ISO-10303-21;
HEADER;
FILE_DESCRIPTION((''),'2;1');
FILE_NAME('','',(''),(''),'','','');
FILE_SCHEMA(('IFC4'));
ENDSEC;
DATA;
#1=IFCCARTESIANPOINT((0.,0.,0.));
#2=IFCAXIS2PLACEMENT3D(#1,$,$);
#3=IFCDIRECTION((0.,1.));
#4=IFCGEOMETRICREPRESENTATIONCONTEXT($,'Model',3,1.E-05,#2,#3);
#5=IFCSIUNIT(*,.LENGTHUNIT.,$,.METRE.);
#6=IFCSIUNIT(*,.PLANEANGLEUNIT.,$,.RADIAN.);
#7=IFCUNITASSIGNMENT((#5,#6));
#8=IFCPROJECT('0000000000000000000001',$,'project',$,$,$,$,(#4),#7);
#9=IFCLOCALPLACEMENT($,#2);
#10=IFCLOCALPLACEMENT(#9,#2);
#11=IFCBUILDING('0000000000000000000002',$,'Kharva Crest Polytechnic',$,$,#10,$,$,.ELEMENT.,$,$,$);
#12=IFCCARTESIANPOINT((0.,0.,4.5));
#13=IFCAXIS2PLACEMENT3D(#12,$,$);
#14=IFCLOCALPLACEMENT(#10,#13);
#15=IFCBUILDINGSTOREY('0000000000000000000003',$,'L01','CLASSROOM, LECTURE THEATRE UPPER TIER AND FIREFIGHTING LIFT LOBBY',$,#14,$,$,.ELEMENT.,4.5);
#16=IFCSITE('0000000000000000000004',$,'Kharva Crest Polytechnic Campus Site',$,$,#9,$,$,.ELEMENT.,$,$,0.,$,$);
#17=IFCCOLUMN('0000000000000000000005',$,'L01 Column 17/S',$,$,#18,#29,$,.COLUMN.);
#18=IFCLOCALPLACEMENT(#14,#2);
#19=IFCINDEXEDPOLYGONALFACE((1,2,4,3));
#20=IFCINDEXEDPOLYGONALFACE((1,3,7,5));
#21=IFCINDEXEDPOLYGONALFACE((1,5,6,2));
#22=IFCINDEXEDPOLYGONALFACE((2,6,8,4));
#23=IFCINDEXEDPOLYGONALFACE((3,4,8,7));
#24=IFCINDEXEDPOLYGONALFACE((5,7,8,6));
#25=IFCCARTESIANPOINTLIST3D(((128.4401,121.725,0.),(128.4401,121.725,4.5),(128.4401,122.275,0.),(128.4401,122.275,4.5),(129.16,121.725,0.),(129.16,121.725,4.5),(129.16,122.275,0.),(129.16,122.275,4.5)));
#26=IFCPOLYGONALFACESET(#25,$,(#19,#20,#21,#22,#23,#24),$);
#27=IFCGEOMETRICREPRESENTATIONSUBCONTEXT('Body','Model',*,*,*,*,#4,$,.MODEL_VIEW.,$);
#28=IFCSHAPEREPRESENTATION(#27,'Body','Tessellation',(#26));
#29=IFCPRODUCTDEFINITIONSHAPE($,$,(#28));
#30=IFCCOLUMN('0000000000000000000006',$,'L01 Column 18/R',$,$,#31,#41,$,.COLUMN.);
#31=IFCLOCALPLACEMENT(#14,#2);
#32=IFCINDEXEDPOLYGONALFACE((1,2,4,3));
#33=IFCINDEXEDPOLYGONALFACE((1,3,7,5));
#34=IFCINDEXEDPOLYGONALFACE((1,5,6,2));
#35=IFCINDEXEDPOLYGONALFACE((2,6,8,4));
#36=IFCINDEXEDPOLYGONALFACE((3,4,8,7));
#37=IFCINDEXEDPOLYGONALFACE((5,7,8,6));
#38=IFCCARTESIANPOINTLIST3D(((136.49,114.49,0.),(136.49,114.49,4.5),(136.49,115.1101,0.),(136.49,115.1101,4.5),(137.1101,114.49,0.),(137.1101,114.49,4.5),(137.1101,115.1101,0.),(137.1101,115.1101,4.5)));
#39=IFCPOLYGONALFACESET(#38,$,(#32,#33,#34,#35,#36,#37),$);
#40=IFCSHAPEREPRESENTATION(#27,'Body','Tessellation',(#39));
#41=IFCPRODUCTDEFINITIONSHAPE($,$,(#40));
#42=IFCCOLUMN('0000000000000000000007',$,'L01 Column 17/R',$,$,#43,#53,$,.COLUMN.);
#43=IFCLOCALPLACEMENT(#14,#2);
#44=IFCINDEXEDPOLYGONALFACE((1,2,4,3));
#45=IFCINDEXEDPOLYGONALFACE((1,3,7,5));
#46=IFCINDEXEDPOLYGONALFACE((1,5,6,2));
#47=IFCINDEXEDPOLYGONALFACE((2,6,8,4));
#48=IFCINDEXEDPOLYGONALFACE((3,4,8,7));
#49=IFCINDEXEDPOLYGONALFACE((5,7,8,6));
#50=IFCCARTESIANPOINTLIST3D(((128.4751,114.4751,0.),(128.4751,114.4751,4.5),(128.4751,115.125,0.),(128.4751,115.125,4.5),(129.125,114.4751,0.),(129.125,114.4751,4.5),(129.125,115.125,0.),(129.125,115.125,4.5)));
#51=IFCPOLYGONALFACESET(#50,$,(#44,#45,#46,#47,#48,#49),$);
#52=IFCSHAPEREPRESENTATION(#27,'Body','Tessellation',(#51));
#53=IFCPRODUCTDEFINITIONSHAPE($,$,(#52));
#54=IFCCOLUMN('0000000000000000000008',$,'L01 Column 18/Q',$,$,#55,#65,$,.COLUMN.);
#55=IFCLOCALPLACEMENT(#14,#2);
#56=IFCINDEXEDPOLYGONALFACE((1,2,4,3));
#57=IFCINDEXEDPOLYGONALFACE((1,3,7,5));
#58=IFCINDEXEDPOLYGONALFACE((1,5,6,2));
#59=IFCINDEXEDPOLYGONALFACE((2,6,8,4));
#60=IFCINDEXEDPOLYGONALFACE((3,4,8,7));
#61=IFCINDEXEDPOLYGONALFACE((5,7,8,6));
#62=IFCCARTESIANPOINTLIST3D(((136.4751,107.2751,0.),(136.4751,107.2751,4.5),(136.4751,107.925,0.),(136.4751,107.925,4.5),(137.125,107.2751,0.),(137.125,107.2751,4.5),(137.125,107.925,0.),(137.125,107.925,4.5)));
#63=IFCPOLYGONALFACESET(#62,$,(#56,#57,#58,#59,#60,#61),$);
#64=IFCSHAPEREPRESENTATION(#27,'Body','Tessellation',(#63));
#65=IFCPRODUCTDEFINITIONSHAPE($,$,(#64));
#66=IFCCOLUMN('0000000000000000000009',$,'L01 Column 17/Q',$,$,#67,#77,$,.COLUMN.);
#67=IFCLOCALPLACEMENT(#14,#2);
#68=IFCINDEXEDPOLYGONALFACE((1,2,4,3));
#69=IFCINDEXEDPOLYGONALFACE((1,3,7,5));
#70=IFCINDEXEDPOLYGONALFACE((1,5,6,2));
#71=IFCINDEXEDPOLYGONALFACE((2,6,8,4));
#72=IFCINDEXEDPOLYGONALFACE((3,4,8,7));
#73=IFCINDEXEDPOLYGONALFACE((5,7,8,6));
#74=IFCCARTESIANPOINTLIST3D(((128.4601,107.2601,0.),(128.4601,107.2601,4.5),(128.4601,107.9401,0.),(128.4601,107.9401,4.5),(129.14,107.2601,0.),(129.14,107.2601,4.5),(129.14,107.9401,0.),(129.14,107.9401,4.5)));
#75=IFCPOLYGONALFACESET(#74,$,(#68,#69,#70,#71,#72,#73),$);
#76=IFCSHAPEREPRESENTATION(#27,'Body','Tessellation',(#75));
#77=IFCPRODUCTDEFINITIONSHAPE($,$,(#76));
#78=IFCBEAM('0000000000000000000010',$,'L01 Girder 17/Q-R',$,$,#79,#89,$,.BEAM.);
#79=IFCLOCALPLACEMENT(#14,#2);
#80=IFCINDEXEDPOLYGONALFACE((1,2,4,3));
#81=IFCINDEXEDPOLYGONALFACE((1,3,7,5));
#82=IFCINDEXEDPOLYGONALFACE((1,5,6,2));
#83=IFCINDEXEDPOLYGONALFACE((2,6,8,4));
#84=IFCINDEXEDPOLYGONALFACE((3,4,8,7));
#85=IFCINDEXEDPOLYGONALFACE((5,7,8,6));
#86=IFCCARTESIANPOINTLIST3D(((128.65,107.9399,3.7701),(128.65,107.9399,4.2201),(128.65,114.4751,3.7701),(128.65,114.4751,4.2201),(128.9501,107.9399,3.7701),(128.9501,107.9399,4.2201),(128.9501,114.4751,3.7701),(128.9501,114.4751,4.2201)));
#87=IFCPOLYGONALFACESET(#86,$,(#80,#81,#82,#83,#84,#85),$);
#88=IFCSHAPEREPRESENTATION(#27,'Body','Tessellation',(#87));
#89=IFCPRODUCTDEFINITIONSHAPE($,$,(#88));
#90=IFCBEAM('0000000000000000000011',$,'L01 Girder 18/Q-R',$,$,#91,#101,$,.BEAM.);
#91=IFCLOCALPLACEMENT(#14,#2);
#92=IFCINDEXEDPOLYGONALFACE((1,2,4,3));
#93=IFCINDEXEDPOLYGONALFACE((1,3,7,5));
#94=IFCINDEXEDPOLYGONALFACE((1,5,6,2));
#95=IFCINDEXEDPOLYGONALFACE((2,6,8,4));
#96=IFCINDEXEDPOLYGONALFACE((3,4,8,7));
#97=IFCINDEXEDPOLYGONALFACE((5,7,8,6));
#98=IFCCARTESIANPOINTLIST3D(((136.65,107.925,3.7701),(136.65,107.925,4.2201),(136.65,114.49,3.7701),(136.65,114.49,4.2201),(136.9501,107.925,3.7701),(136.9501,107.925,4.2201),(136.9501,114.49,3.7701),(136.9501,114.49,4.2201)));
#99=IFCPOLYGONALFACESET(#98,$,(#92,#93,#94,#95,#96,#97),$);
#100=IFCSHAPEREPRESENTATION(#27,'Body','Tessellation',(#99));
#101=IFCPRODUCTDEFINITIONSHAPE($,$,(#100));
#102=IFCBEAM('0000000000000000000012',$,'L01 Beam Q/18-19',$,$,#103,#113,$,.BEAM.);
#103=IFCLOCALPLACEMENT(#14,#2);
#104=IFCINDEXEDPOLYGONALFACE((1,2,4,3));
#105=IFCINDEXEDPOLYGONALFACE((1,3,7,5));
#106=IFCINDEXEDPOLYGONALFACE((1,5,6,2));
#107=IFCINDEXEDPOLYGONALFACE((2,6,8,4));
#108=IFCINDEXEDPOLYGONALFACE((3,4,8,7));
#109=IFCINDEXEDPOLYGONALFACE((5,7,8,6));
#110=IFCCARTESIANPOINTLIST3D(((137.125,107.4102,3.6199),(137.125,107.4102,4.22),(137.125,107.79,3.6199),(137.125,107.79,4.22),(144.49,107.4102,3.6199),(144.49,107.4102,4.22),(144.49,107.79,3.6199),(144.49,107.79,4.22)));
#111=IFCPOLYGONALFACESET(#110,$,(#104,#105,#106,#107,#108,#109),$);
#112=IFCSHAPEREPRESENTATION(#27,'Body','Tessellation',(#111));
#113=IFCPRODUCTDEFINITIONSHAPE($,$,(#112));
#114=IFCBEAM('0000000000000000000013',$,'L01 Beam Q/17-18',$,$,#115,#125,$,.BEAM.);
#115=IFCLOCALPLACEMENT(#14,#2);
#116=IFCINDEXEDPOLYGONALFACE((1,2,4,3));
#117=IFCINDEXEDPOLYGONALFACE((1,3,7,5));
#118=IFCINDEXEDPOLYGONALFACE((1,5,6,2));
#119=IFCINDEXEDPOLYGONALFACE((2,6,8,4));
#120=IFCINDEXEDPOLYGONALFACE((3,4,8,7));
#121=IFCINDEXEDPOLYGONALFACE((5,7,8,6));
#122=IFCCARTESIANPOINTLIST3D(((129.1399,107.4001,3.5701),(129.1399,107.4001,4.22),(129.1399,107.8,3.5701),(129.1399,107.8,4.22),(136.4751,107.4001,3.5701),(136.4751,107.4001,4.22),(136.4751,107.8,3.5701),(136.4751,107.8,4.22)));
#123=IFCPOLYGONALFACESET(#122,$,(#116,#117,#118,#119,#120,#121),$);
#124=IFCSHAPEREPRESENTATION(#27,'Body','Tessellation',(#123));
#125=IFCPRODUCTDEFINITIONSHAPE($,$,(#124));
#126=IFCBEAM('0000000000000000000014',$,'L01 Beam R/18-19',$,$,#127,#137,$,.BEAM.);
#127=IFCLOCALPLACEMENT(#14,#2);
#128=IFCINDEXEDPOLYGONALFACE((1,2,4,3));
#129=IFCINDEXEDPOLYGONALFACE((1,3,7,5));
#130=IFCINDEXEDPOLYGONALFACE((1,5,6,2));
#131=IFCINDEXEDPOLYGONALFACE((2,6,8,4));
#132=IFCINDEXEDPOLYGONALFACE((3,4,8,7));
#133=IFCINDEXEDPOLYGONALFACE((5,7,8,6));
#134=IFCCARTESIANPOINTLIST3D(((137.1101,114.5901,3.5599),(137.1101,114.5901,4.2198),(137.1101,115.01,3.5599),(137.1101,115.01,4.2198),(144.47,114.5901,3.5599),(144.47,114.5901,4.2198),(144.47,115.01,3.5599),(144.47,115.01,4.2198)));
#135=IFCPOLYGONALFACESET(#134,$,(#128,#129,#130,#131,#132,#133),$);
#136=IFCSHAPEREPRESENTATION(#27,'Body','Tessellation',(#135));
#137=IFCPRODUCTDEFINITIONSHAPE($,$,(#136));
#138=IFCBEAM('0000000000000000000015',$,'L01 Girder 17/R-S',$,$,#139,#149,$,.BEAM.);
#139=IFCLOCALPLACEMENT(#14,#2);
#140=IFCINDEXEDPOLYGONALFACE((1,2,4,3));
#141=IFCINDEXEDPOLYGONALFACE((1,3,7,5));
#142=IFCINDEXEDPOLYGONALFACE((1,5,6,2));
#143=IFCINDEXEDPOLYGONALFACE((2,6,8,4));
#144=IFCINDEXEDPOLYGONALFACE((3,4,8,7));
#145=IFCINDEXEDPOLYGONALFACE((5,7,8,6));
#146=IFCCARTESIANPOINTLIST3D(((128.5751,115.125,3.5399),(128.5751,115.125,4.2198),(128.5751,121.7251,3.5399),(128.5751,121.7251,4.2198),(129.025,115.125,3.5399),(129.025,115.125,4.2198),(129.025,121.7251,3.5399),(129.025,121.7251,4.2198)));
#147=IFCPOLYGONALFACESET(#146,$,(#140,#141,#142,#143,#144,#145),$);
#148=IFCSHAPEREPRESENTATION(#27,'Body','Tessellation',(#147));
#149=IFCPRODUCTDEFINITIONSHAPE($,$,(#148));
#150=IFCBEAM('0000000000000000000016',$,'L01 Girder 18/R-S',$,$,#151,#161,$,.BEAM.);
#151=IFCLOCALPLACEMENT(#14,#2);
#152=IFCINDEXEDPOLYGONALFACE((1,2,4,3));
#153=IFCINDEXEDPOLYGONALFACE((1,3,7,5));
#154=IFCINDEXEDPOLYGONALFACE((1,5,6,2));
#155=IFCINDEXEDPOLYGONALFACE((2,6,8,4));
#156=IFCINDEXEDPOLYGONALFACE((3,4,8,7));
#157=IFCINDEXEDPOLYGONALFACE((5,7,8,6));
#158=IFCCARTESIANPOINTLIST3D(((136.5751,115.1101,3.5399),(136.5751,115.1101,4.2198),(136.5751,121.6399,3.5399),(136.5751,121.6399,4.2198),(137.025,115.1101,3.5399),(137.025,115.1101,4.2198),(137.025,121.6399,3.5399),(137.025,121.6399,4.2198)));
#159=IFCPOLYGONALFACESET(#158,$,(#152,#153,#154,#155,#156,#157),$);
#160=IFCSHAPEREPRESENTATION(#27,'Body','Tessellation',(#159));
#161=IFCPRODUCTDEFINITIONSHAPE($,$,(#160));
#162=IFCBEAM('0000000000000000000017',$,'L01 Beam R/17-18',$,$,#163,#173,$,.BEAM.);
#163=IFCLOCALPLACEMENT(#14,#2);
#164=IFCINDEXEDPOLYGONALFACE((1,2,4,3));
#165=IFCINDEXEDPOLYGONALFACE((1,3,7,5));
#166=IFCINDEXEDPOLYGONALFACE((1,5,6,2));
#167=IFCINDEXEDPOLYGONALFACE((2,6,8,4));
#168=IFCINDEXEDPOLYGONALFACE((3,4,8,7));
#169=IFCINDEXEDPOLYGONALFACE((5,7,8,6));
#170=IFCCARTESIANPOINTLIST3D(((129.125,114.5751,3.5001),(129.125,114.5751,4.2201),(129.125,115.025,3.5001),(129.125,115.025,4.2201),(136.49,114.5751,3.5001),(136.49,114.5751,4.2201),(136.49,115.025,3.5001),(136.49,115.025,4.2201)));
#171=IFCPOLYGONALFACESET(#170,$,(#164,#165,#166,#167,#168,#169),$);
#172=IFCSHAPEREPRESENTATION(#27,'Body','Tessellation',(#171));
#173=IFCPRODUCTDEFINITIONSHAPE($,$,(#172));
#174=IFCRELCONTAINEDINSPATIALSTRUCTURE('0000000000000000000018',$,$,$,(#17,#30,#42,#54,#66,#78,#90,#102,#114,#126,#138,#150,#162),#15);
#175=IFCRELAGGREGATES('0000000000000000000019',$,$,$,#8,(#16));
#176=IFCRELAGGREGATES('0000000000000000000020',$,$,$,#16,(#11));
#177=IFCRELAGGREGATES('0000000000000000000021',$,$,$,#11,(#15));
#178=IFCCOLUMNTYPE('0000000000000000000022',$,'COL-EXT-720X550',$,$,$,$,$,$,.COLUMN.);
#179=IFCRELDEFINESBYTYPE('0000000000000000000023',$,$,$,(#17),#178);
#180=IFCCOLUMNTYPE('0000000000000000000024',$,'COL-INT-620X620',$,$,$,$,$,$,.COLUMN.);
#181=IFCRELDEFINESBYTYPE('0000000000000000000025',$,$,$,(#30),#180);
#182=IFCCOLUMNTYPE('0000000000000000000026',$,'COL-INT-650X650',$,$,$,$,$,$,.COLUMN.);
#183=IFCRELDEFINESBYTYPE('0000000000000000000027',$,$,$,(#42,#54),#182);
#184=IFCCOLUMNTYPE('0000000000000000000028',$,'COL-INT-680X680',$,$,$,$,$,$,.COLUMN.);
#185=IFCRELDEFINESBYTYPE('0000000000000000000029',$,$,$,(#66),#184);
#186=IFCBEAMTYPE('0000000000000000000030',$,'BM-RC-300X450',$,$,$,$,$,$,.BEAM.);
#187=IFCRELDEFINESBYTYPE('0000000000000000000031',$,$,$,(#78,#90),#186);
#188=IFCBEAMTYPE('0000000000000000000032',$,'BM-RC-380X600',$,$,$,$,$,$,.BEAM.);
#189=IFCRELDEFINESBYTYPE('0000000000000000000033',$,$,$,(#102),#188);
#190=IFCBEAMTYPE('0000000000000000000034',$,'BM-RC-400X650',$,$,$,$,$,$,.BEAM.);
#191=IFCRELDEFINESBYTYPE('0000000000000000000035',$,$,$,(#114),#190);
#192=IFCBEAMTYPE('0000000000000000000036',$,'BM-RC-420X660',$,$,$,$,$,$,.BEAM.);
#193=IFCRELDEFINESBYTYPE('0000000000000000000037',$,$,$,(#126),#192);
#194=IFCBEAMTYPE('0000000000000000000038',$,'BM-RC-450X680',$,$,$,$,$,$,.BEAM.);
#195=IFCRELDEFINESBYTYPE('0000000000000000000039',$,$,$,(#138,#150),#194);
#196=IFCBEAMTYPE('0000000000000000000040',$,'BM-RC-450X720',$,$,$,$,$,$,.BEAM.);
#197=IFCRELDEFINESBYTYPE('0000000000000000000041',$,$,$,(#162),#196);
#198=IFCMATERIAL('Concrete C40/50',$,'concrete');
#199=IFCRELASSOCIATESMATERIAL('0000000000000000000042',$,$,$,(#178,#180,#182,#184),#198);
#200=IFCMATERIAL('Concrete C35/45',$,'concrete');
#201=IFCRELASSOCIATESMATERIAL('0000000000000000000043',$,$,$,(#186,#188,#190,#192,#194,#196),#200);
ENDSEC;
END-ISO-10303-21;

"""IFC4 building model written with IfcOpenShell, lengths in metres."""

from ifc_helpers import new_model, si_unit, direction, frame, origin, origin_2d, place, context, subcontext, project, spatial, rectangle, extrude, material, material_profile, profile_set, type_object, element, save


model = new_model("IFC4")

# Units and contexts
model_context = context("Model", 3, precision=1e-05, world=origin(), true_north=direction((0.0, 1.0)))
body_context = subcontext(model_context, "Body", "Model", "MODEL_VIEW")
ifc_project = project(units=[si_unit("LENGTHUNIT", "METRE"), si_unit("PLANEANGLEUNIT", "RADIAN")], contexts=[model_context])

# Site, building, storey
site_placement = place(None, origin())
site = spatial("IfcSite", under=ifc_project, at=site_placement, Name="Kharva Crest Polytechnic Campus Site", CompositionType="ELEMENT", RefElevation=0.0)
building_placement = place(site_placement, origin())
building = spatial("IfcBuilding", under=site, at=building_placement, Name="Kharva Crest Polytechnic", CompositionType="ELEMENT")
storey_placement = place(building_placement, frame((0.0, 0.0, 4.5)))
storey = spatial("IfcBuildingStorey", under=building, at=storey_placement, Name="L01", Description="CLASSROOM, LECTURE THEATRE UPPER TIER AND FIREFIGHTING LIFT LOBBY", CompositionType="ELEMENT", Elevation=4.5)

# Columns
ifc_material_1 = material(Name="Concrete C40/50", Category="concrete")
ifc_material_profile_1 = material_profile(ifc_material_1, rectangle(XDim=0.72, YDim=0.55, at=origin_2d()), Name="RECT 720 X 550")
ifc_profile_set_1 = profile_set([ifc_material_profile_1], Name="Concrete C40/50")
column_type_1 = type_object("IfcColumnType", Name="COL-EXT-720X550", PredefinedType="COLUMN", material=ifc_profile_set_1)
column_1_placement = place(storey_placement, frame((128.8, 122.0, 0.0), z_axis=(0.0, 0.0, 1.0), x_axis=(1.0, 0.0, 0.0)))
element("IfcColumn", 1, at=column_1_placement, inside=storey, type_object=column_type_1, Name="L01 Column 17/S", PredefinedType="COLUMN", context=body_context, shape_type="SweptSolid", body=[
    extrude(rectangle(XDim=0.72, YDim=0.55, at=origin_2d()), origin(), (0.0, 0.0, 1.0), 4.5),
])
ifc_material_profile_2 = material_profile(ifc_material_1, rectangle(XDim=0.6201, YDim=0.6201, at=origin_2d()), Name="RECT 620 X 620")
ifc_profile_set_2 = profile_set([ifc_material_profile_2], Name="Concrete C40/50")
column_type_2 = type_object("IfcColumnType", Name="COL-INT-620X620", PredefinedType="COLUMN", material=ifc_profile_set_2)
column_2_placement = place(storey_placement, frame((136.8, 114.8, 0.0), z_axis=(0.0, 0.0, 1.0), x_axis=(1.0, 0.0, 0.0)))
element("IfcColumn", 2, at=column_2_placement, inside=storey, type_object=column_type_2, Name="L01 Column 18/R", PredefinedType="COLUMN", context=body_context, shape_type="SweptSolid", body=[
    extrude(rectangle(XDim=0.6201, YDim=0.6201, at=origin_2d()), origin(), (0.0, 0.0, 1.0), 4.5),
])
ifc_material_profile_3 = material_profile(ifc_material_1, rectangle(XDim=0.6499, YDim=0.6499, at=origin_2d()), Name="RECT 650 X 650")
ifc_profile_set_3 = profile_set([ifc_material_profile_3], Name="Concrete C40/50")
column_type_3 = type_object("IfcColumnType", Name="COL-INT-650X650", PredefinedType="COLUMN", material=ifc_profile_set_3)
for number, where, z_axis, x_axis, name in (
    (3, (128.8, 114.8, 0.0), (0.0, 0.0, 1.0), (1.0, 0.0, 0.0), "L01 Column 17/R"),
    (4, (136.8, 107.6001, 0.0), (0.0, 0.0, 1.0), (1.0, 0.0, 0.0), "L01 Column 18/Q"),
):
    element("IfcColumn", number, at=place(storey_placement, frame(where, z_axis=z_axis, x_axis=x_axis)), inside=storey, type_object=column_type_3, Name=name, PredefinedType="COLUMN", context=body_context, shape_type="SweptSolid", body=[
        extrude(rectangle(XDim=0.6499, YDim=0.6499, at=origin_2d()), origin(), (0.0, 0.0, 1.0), 4.5),
    ])
ifc_material_profile_4 = material_profile(ifc_material_1, rectangle(XDim=0.6799, YDim=0.6799, at=origin_2d()), Name="RECT 680 X 680")
ifc_profile_set_4 = profile_set([ifc_material_profile_4], Name="Concrete C40/50")
column_type_4 = type_object("IfcColumnType", Name="COL-INT-680X680", PredefinedType="COLUMN", material=ifc_profile_set_4)
column_3_placement = place(storey_placement, frame((128.8, 107.6001, 0.0), z_axis=(0.0, 0.0, 1.0), x_axis=(1.0, 0.0, 0.0)))
element("IfcColumn", 5, at=column_3_placement, inside=storey, type_object=column_type_4, Name="L01 Column 17/Q", PredefinedType="COLUMN", context=body_context, shape_type="SweptSolid", body=[
    extrude(rectangle(XDim=0.6799, YDim=0.6799, at=origin_2d()), origin(), (0.0, 0.0, 1.0), 4.5),
])

# Beams
ifc_material_2 = material(Name="Concrete C35/45", Category="concrete")
ifc_material_profile_5 = material_profile(ifc_material_2, rectangle(XDim=0.3, YDim=0.45, at=origin_2d()), Name="RECT 300 X 450")
ifc_profile_set_5 = profile_set([ifc_material_profile_5], Name="Concrete C35/45")
beam_type_1 = type_object("IfcBeamType", Name="BM-RC-300X450", PredefinedType="BEAM", material=ifc_profile_set_5)
beam_1_placement = place(storey_placement, frame((128.8, 107.9399, 3.9951), z_axis=(0.0, 1.0, 0.0), x_axis=(-1.0, 0.0, 0.0)))
element("IfcBeam", 6, at=beam_1_placement, inside=storey, type_object=beam_type_1, Name="L01 Girder 17/Q-R", PredefinedType="BEAM", context=body_context, shape_type="SweptSolid", body=[
    extrude(rectangle(XDim=0.3, YDim=0.45, at=origin_2d()), origin(), (0.0, 0.0, 1.0), 6.5352),
])
beam_2_placement = place(storey_placement, frame((136.8, 107.925, 3.9951), z_axis=(0.0, 1.0, 0.0), x_axis=(-1.0, 0.0, 0.0)))
element("IfcBeam", 7, at=beam_2_placement, inside=storey, type_object=beam_type_1, Name="L01 Girder 18/Q-R", PredefinedType="BEAM", context=body_context, shape_type="SweptSolid", body=[
    extrude(rectangle(XDim=0.3, YDim=0.45, at=origin_2d()), origin(), (0.0, 0.0, 1.0), 6.5649),
])
ifc_material_profile_6 = material_profile(ifc_material_2, rectangle(XDim=0.3799, YDim=0.6001, at=origin_2d()), Name="RECT 380 X 600")
ifc_profile_set_6 = profile_set([ifc_material_profile_6], Name="Concrete C35/45")
beam_type_2 = type_object("IfcBeamType", Name="BM-RC-380X600", PredefinedType="BEAM", material=ifc_profile_set_6)
beam_3_placement = place(storey_placement, frame((137.125, 107.6001, 3.9199), z_axis=(1.0, 0.0, 0.0), x_axis=(0.0, 1.0, 0.0)))
element("IfcBeam", 8, at=beam_3_placement, inside=storey, type_object=beam_type_2, Name="L01 Beam Q/18-19", PredefinedType="BEAM", context=body_context, shape_type="SweptSolid", body=[
    extrude(rectangle(XDim=0.3799, YDim=0.6001, at=origin_2d()), origin(), (0.0, 0.0, 1.0), 7.365),
])
ifc_material_profile_7 = material_profile(ifc_material_2, rectangle(XDim=0.3999, YDim=0.6499, at=origin_2d()), Name="RECT 400 X 650")
ifc_profile_set_7 = profile_set([ifc_material_profile_7], Name="Concrete C35/45")
beam_type_3 = type_object("IfcBeamType", Name="BM-RC-400X650", PredefinedType="BEAM", material=ifc_profile_set_7)
beam_4_placement = place(storey_placement, frame((129.1399, 107.6001, 3.895), z_axis=(1.0, 0.0, 0.0), x_axis=(0.0, 1.0, 0.0)))
element("IfcBeam", 9, at=beam_4_placement, inside=storey, type_object=beam_type_3, Name="L01 Beam Q/17-18", PredefinedType="BEAM", context=body_context, shape_type="SweptSolid", body=[
    extrude(rectangle(XDim=0.3999, YDim=0.6499, at=origin_2d()), origin(), (0.0, 0.0, 1.0), 7.3352),
])
ifc_material_profile_8 = material_profile(ifc_material_2, rectangle(XDim=0.4199, YDim=0.6599, at=origin_2d()), Name="RECT 420 X 660")
ifc_profile_set_8 = profile_set([ifc_material_profile_8], Name="Concrete C35/45")
beam_type_4 = type_object("IfcBeamType", Name="BM-RC-420X660", PredefinedType="BEAM", material=ifc_profile_set_8)
beam_5_placement = place(storey_placement, frame((137.1101, 114.8, 3.8899), z_axis=(1.0, 0.0, 0.0), x_axis=(0.0, 1.0, 0.0)))
element("IfcBeam", 10, at=beam_5_placement, inside=storey, type_object=beam_type_4, Name="L01 Beam R/18-19", PredefinedType="BEAM", context=body_context, shape_type="SweptSolid", body=[
    extrude(rectangle(XDim=0.4199, YDim=0.6599, at=origin_2d()), origin(), (0.0, 0.0, 1.0), 7.3599),
])
ifc_material_profile_9 = material_profile(ifc_material_2, rectangle(XDim=0.45, YDim=0.6799, at=origin_2d()), Name="RECT 450 X 680")
ifc_profile_set_9 = profile_set([ifc_material_profile_9], Name="Concrete C35/45")
beam_type_5 = type_object("IfcBeamType", Name="BM-RC-450X680", PredefinedType="BEAM", material=ifc_profile_set_9)
beam_6_placement = place(storey_placement, frame((128.8, 115.125, 3.8799), z_axis=(0.0, 1.0, 0.0), x_axis=(-1.0, 0.0, 0.0)))
element("IfcBeam", 11, at=beam_6_placement, inside=storey, type_object=beam_type_5, Name="L01 Girder 17/R-S", PredefinedType="BEAM", context=body_context, shape_type="SweptSolid", body=[
    extrude(rectangle(XDim=0.45, YDim=0.6799, at=origin_2d()), origin(), (0.0, 0.0, 1.0), 6.6001),
])
beam_7_placement = place(storey_placement, frame((136.8, 115.1101, 3.8799), z_axis=(0.0, 1.0, 0.0), x_axis=(-1.0, 0.0, 0.0)))
element("IfcBeam", 12, at=beam_7_placement, inside=storey, type_object=beam_type_5, Name="L01 Girder 18/R-S", PredefinedType="BEAM", context=body_context, shape_type="SweptSolid", body=[
    extrude(rectangle(XDim=0.45, YDim=0.6799, at=origin_2d()), origin(), (0.0, 0.0, 1.0), 6.5298),
])
ifc_material_profile_10 = material_profile(ifc_material_2, rectangle(XDim=0.45, YDim=0.72, at=origin_2d()), Name="RECT 450 X 720")
ifc_profile_set_10 = profile_set([ifc_material_profile_10], Name="Concrete C35/45")
beam_type_6 = type_object("IfcBeamType", Name="BM-RC-450X720", PredefinedType="BEAM", material=ifc_profile_set_10)
beam_8_placement = place(storey_placement, frame((129.125, 114.8, 3.8601), z_axis=(1.0, 0.0, 0.0), x_axis=(0.0, 1.0, 0.0)))
element("IfcBeam", 13, at=beam_8_placement, inside=storey, type_object=beam_type_6, Name="L01 Beam R/17-18", PredefinedType="BEAM", context=body_context, shape_type="SweptSolid", body=[
    extrude(rectangle(XDim=0.45, YDim=0.72, at=origin_2d()), origin(), (0.0, 0.0, 1.0), 7.365),
])

save(model, "model.ifc")
